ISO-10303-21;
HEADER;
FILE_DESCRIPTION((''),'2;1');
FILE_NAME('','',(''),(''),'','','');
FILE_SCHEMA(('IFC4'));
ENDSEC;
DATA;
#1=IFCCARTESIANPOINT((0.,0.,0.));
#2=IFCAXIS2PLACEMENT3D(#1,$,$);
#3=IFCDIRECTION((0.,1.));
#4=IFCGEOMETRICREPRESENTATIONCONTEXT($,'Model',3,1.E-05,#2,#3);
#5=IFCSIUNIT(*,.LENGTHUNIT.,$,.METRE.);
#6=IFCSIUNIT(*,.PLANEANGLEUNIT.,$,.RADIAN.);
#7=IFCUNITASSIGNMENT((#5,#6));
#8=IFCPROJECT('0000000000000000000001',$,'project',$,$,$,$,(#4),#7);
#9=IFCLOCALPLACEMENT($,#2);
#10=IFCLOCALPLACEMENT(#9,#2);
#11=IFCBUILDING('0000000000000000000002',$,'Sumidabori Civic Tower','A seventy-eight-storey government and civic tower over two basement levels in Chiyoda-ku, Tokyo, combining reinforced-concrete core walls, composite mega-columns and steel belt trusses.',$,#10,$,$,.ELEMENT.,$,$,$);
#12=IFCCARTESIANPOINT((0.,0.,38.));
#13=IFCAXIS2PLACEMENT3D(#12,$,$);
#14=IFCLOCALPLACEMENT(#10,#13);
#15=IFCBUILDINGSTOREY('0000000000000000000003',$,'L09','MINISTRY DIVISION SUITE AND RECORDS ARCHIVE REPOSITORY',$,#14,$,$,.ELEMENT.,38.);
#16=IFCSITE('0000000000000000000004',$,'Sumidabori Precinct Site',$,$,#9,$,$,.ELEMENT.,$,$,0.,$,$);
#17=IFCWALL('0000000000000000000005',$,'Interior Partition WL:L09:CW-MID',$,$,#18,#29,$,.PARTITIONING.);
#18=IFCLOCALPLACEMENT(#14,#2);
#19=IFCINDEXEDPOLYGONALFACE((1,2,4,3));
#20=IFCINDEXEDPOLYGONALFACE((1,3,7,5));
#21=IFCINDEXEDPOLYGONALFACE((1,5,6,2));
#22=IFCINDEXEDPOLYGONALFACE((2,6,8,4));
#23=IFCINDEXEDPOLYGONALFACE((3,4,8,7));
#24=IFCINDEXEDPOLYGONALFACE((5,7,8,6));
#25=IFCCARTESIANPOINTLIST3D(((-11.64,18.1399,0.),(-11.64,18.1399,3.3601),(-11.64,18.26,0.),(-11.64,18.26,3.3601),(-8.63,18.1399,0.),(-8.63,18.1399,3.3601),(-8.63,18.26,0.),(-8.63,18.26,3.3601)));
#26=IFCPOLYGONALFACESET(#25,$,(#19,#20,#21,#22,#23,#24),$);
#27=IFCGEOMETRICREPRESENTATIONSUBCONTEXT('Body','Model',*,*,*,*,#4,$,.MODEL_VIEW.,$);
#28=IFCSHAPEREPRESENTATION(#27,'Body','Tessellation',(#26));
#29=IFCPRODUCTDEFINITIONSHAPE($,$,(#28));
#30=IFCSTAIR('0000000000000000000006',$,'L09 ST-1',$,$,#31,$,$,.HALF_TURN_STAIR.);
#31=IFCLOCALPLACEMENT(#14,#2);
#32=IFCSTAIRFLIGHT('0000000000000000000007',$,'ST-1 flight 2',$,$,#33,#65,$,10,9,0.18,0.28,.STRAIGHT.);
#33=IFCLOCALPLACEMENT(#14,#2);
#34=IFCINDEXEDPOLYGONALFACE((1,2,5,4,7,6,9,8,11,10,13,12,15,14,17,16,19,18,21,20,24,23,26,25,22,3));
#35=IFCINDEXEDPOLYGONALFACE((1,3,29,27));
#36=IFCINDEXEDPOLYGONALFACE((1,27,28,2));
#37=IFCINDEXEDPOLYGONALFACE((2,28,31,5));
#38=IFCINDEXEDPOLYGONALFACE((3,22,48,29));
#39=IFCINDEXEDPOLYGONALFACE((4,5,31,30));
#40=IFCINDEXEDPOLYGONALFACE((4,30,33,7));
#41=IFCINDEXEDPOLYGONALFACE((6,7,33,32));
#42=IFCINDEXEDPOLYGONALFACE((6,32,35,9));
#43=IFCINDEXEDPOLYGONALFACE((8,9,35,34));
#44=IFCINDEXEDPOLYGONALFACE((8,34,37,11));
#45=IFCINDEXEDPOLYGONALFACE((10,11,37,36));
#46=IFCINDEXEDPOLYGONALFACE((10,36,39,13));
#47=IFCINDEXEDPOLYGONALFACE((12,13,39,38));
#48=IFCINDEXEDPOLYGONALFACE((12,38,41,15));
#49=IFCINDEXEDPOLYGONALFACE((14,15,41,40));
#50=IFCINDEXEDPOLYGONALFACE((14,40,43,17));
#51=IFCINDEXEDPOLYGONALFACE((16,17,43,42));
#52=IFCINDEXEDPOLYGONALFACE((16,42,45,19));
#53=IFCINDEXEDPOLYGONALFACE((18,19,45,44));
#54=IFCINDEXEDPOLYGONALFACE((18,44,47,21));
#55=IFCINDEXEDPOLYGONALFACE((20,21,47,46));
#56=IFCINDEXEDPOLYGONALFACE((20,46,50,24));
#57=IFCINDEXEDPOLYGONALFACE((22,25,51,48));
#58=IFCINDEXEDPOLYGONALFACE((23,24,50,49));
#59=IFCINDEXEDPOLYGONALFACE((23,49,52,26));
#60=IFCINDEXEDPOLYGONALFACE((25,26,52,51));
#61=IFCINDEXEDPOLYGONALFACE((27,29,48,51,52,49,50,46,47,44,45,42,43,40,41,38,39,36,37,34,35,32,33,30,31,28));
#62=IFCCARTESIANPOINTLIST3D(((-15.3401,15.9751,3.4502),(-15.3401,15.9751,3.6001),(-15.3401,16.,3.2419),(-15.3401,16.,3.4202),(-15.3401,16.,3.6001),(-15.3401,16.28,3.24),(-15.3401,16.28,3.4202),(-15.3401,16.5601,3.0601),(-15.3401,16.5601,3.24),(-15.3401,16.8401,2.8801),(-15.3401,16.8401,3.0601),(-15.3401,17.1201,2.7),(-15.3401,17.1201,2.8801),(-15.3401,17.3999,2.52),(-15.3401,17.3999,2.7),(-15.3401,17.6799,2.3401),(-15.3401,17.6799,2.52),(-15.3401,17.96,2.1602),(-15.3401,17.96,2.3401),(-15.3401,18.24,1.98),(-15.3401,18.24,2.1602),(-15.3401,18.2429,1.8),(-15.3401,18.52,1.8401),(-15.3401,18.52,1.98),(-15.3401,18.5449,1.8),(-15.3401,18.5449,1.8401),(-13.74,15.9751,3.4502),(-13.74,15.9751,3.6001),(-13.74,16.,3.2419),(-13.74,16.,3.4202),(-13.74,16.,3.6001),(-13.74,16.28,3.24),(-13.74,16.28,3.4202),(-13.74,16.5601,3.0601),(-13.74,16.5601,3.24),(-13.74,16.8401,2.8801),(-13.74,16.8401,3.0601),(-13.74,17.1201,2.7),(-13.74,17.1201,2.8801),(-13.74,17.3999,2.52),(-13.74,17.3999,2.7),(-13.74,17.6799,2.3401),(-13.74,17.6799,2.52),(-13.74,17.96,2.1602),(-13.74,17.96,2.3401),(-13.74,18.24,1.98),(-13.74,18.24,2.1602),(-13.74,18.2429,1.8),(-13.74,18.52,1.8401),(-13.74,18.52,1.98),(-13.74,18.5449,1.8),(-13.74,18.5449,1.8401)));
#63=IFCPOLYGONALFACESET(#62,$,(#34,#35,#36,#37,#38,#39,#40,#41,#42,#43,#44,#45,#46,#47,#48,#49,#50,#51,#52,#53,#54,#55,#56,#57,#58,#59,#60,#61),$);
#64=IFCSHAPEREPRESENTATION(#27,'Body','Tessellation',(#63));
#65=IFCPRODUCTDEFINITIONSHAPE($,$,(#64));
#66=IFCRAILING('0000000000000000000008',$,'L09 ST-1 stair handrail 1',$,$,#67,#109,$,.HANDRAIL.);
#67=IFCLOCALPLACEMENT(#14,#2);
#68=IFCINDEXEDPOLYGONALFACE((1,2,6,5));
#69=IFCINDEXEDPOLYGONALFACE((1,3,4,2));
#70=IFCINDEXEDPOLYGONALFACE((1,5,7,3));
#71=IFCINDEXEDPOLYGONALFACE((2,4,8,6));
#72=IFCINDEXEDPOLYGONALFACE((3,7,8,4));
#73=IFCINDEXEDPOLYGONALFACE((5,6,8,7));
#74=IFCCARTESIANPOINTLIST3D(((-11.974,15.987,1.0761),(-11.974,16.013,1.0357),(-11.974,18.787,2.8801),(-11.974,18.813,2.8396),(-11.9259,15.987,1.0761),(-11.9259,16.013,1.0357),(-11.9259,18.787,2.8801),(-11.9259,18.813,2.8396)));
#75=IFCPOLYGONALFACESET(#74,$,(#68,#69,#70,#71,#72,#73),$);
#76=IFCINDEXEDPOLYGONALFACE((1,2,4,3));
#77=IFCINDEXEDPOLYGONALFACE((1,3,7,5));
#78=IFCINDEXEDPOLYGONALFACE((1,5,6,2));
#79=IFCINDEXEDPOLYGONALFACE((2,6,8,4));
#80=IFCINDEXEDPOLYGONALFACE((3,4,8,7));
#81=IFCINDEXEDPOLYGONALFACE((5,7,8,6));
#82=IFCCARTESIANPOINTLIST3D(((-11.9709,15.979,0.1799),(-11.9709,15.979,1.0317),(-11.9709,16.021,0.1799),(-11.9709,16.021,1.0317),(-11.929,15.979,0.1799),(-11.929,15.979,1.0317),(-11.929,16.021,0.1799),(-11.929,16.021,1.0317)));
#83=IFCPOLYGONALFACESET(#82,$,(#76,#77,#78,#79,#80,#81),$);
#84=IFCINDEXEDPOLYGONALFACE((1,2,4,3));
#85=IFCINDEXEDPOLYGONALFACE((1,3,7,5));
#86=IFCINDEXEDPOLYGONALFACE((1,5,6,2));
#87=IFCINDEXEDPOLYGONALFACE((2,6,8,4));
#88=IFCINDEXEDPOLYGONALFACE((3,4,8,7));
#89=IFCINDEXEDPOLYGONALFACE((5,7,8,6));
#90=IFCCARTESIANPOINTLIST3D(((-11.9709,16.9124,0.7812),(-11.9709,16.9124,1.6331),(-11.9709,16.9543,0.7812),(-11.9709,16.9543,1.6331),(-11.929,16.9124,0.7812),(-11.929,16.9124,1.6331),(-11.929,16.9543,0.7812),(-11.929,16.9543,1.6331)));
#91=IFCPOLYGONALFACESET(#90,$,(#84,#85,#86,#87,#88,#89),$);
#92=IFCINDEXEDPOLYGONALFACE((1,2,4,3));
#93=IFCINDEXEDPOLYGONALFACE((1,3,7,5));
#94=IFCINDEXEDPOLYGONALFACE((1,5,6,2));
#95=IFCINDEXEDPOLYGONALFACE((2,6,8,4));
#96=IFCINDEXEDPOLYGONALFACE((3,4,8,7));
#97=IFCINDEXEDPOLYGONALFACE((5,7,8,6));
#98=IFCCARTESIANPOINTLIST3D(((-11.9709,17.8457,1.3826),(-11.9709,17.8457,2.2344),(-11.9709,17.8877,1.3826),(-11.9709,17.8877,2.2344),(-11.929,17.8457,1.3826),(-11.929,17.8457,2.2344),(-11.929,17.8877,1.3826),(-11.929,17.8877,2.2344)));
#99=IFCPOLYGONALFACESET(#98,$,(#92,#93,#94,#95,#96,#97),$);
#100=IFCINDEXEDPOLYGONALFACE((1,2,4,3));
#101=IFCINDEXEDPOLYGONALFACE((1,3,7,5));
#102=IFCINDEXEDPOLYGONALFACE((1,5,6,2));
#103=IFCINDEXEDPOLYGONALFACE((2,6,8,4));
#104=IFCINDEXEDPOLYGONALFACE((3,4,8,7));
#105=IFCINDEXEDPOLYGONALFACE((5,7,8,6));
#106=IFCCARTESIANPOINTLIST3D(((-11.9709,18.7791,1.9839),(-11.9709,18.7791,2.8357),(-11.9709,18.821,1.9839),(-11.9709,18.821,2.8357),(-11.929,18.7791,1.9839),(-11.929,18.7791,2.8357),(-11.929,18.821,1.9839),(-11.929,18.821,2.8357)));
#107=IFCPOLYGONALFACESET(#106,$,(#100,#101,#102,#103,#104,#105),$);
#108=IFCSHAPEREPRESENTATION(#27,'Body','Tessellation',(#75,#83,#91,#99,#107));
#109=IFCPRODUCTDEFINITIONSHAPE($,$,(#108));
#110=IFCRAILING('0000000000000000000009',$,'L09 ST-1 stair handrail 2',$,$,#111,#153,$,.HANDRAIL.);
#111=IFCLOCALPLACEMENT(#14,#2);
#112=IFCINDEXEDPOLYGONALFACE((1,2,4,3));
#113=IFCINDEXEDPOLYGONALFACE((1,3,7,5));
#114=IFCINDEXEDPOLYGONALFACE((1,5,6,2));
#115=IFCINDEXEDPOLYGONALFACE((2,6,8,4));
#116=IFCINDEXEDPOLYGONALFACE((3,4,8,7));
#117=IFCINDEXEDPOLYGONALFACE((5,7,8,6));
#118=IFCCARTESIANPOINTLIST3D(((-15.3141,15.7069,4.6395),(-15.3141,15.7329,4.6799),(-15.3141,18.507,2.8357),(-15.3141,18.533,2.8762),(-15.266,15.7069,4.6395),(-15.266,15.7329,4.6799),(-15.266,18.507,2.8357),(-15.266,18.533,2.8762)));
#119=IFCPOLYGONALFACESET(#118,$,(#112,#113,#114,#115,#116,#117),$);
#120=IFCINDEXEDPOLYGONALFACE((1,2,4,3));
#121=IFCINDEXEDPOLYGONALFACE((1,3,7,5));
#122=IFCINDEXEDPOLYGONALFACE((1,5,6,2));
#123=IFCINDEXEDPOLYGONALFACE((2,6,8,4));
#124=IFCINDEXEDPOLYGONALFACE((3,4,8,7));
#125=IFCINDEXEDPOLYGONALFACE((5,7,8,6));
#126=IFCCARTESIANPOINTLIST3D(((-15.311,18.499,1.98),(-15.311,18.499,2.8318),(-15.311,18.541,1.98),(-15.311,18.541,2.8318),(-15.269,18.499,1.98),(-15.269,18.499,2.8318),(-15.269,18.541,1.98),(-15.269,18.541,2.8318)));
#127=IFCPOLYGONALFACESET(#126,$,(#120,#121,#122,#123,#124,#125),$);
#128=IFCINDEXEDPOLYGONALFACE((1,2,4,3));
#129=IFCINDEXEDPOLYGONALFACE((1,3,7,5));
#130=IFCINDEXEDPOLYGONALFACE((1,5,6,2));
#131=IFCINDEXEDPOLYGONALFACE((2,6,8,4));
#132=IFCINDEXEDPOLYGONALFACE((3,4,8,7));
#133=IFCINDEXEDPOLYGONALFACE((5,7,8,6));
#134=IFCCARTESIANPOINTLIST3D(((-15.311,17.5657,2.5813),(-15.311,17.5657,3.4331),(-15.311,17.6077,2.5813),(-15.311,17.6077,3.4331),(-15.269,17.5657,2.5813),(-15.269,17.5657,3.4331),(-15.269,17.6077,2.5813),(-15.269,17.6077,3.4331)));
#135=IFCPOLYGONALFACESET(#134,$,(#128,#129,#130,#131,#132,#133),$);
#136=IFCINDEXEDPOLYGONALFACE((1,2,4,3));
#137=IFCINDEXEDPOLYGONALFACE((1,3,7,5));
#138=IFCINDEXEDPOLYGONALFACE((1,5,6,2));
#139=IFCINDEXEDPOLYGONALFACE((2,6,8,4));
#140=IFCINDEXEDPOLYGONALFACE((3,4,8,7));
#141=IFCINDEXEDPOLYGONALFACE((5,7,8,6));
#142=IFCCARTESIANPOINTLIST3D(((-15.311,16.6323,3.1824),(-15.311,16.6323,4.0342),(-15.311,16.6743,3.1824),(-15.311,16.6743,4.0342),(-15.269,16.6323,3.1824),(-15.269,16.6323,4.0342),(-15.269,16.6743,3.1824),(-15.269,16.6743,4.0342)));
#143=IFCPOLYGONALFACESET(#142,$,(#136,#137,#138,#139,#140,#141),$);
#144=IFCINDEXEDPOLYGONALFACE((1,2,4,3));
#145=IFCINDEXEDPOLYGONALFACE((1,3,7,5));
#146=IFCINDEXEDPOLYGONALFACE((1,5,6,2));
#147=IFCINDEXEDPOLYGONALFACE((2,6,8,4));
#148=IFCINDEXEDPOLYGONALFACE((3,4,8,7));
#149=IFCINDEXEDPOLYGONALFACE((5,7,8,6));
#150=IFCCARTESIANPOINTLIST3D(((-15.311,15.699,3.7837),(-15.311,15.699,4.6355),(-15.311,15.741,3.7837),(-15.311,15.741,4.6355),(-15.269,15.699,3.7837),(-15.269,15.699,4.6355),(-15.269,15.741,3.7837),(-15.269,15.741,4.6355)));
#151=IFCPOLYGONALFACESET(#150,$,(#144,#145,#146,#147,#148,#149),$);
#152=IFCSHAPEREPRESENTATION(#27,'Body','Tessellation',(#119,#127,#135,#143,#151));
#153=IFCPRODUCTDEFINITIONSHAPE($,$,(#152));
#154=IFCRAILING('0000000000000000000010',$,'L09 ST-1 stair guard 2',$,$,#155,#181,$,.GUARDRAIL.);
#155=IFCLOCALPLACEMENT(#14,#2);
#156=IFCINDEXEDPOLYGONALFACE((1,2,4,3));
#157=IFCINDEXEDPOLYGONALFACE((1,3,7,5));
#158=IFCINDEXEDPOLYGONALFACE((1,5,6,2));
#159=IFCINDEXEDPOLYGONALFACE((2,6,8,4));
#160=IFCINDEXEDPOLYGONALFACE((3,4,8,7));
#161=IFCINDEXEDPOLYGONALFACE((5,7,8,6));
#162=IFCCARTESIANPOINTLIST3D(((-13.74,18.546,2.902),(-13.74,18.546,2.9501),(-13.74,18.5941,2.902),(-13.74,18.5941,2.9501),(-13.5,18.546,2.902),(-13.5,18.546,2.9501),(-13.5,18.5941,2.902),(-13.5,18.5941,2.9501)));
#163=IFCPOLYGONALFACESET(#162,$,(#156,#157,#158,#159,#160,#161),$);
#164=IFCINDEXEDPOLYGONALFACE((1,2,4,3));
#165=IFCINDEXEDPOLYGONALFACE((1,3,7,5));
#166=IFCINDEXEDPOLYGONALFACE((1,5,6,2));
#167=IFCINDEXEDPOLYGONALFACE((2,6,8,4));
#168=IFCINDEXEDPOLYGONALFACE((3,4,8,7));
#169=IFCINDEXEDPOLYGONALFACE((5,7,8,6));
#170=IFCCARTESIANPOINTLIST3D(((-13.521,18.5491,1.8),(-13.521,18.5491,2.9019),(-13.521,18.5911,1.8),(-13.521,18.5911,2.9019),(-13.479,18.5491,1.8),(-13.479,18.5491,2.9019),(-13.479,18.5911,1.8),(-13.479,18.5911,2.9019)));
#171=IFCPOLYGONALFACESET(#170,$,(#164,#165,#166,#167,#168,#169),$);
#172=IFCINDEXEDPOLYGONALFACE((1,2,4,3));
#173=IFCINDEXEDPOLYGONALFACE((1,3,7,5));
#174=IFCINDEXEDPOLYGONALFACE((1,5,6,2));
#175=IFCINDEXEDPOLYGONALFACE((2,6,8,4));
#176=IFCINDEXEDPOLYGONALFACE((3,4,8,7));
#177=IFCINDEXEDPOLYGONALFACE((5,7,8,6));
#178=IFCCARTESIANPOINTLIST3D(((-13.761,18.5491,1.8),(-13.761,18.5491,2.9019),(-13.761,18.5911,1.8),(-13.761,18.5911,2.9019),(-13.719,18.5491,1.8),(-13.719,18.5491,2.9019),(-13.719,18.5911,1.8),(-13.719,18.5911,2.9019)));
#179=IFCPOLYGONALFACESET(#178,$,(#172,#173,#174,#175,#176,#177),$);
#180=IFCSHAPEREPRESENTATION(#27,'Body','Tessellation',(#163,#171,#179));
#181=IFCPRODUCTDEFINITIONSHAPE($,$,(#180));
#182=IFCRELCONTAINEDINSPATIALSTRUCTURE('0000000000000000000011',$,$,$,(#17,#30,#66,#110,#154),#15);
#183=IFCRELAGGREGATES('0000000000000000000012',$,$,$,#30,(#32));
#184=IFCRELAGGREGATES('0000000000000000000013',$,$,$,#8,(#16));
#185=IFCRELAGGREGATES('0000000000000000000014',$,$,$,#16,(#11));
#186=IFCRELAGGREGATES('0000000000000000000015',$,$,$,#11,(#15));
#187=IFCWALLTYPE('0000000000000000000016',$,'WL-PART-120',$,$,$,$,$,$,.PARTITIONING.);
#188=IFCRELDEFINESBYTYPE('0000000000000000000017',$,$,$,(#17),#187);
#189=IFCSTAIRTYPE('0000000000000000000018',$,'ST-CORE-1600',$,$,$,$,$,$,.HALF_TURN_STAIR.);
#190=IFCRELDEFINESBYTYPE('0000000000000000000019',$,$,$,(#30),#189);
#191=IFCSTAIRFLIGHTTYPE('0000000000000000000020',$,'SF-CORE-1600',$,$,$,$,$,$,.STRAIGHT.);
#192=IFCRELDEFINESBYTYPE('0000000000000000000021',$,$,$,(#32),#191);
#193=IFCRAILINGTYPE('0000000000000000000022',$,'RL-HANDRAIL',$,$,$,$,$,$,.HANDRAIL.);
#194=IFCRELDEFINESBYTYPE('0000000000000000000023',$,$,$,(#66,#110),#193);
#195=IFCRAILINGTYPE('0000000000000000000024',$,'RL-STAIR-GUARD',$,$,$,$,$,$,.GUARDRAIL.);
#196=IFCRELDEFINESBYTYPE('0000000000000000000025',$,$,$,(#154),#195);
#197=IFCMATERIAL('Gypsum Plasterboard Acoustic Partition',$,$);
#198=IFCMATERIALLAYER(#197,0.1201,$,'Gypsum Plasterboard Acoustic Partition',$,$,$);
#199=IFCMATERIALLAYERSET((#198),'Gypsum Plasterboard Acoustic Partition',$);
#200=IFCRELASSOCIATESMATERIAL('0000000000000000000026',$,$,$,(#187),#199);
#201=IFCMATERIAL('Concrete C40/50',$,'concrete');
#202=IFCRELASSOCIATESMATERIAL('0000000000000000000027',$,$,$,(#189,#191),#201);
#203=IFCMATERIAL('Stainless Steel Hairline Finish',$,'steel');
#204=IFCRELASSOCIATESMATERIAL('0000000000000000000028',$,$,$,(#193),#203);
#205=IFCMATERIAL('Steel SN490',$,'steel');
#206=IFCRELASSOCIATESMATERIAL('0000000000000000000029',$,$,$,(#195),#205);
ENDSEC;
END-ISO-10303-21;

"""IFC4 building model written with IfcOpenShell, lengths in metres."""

from ifc_helpers import new_model, si_unit, direction, frame, frame_2d, origin, origin_2d, place, context, subcontext, project, spatial, polyline, rectangle, outline, extrude, source, transform, mapped, material, layer, layer_set, type_object, element, aggregate, save


model = new_model("IFC4")

# Units and contexts
model_context = context("Model", 3, precision=1e-05, world=origin(), true_north=direction((0.0, 1.0)))
body_context = subcontext(model_context, "Body", "Model", "MODEL_VIEW")
ifc_project = project(units=[si_unit("LENGTHUNIT", "METRE"), si_unit("PLANEANGLEUNIT", "RADIAN")], contexts=[model_context])

# Site, building, storey
site_placement = place(None, origin())
site = spatial("IfcSite", under=ifc_project, at=site_placement, Name="Sumidabori Precinct Site", CompositionType="ELEMENT", RefElevation=0.0)
building_placement = place(site_placement, origin())
building = spatial("IfcBuilding", under=site, at=building_placement, Name="Sumidabori Civic Tower", Description="A seventy-eight-storey government and civic tower over two basement levels in Chiyoda-ku, Tokyo, combining reinforced-concrete core walls, composite mega-columns and steel belt trusses.", CompositionType="ELEMENT")
storey_placement = place(building_placement, frame((0.0, 0.0, 38.0)))
storey = spatial("IfcBuildingStorey", under=building, at=storey_placement, Name="L09", Description="MINISTRY DIVISION SUITE AND RECORDS ARCHIVE REPOSITORY", CompositionType="ELEMENT", Elevation=38.0)

# Shared definitions
ifc_material_1 = material(Name="Gypsum Plasterboard Acoustic Partition")

# Wall
ifc_layer_1 = layer(ifc_material_1, 0.1201, Name="Gypsum Plasterboard Acoustic Partition")
ifc_layer_set_1 = layer_set([ifc_layer_1], Name="Gypsum Plasterboard Acoustic Partition")
wall_type_1 = type_object("IfcWallType", Name="WL-PART-120", PredefinedType="PARTITIONING", material=ifc_layer_set_1)
shared_shape_1 = source(origin(), body_context, "Body", "SweptSolid", [
    extrude(rectangle(XDim=3.01, YDim=0.1201, at=frame_2d((1.5049, 0.0))), origin(), (0.0, 0.0, 1.0), 3.3601),
])
wall_1_placement = place(storey_placement, frame((-11.6399, 18.2, 0.0), z_axis=(0.0, 0.0, 1.0), x_axis=(1.0, 0.0, 0.0)))
element("IfcWall", 1, at=wall_1_placement, inside=storey, type_object=wall_type_1, Name="Interior Partition WL:L09:CW-MID", PredefinedType="PARTITIONING", context=body_context, shape_type="MappedRepresentation", body=[
    mapped(shared_shape_1, transform((0.0, 0.0, 0.0), x_axis=(1.0, 0.0, 0.0), y_axis=(0.0, 1.0, 0.0), z_axis=(0.0, 0.0, 1.0), scale=1.0)),
])

# Stair, stair flight
ifc_material_2 = material(Name="Concrete C40/50", Category="concrete")
stair_type = type_object("IfcStairType", Name="ST-CORE-1600", PredefinedType="HALF_TURN_STAIR", material=ifc_material_2)
stair_placement = place(storey_placement, origin())
stair = element("IfcStair", 2, at=stair_placement, inside=storey, type_object=stair_type, Name="L09 ST-1", PredefinedType="HALF_TURN_STAIR")
stair_flight_type = type_object("IfcStairFlightType", Name="SF-CORE-1600", PredefinedType="STRAIGHT", material=ifc_material_2)
shared_shape_2 = source(origin(), body_context, "Body", "SweptSolid", [
    extrude(outline(polyline([(-0.0249, 0.0), (-0.0249, 0.04), (0.0, 0.04), (0.0, 0.1799), (0.28, 0.1799), (0.28, 0.3601), (0.5601, 0.3601), (0.5601, 0.54), (0.8401, 0.54), (0.8401, 0.72), (1.1201, 0.72), (1.1201, 0.8999), (1.3999, 0.8999), (1.3999, 1.0801), (1.6799, 1.0801), (1.6799, 1.26), (1.96, 1.26), (1.96, 1.4399), (2.24, 1.4399), (2.24, 1.6201), (2.52, 1.6201), (2.52, 1.8), (2.5449, 1.8), (2.5449, 1.6501), (2.52, 1.4419), (0.2771, 0.0), (-0.0249, 0.0)])), frame((0.0, 0.8, 0.0), z_axis=(0.0, -1.0, 0.0), x_axis=(1.0, 0.0, 0.0)), (0.0, 0.0, 1.0), 1.6001),
])
stair_flight_placement = place(storey_placement, frame((-14.54, 18.52, 1.8), z_axis=(0.0, 0.0, 1.0), x_axis=(0.0, -1.0, 0.0)))
stair_flight = element("IfcStairFlight", 3, at=stair_flight_placement, type_object=stair_flight_type, Name="ST-1 flight 2", NumberOfRisers=10, NumberOfTreads=9, PredefinedType="STRAIGHT", RiserHeight=0.18, TreadLength=0.28, context=body_context, shape_type="MappedRepresentation", body=[
    mapped(shared_shape_2, transform((0.0, 0.0, 0.0), x_axis=(1.0, 0.0, 0.0), y_axis=(0.0, 1.0, 0.0), z_axis=(0.0, 0.0, 1.0), scale=1.0)),
])
aggregate(stair, [stair_flight])

# Railings
ifc_material_3 = material(Name="Stainless Steel Hairline Finish", Category="steel")
railing_type_1 = type_object("IfcRailingType", Name="RL-HANDRAIL", PredefinedType="HANDRAIL", material=ifc_material_3)
railing_1_placement = place(storey_placement, frame((-11.95, 16.0, 0.1799)))
element("IfcRailing", 4, at=railing_1_placement, inside=storey, type_object=railing_type_1, Name="L09 ST-1 stair handrail 1", PredefinedType="HANDRAIL", context=body_context, shape_type="SweptSolid", body=[
    extrude(rectangle(XDim=0.0481, YDim=0.0481, at=origin_2d()), frame((0.0, 0.0, 0.876), z_axis=(0.0, 0.840642, 0.541591), x_axis=(-1.0, 0.0, 0.0)), (0.0, 0.0, 1.0), 3.3308),
    extrude(rectangle(XDim=0.042, YDim=0.042, at=origin_2d()), origin(), (0.0, 0.0, 1.0), 0.8518),
    extrude(rectangle(XDim=0.042, YDim=0.042, at=origin_2d()), frame((0.0, 0.9333, 0.6013)), (0.0, 0.0, 1.0), 0.8518),
    extrude(rectangle(XDim=0.042, YDim=0.042, at=origin_2d()), frame((0.0, 1.8667, 1.2026)), (0.0, 0.0, 1.0), 0.8518),
    extrude(rectangle(XDim=0.042, YDim=0.042, at=origin_2d()), frame((0.0, 2.8, 1.804)), (0.0, 0.0, 1.0), 0.8518),
])
railing_2_placement = place(storey_placement, frame((-15.29, 18.52, 1.98)))
element("IfcRailing", 5, at=railing_2_placement, inside=storey, type_object=railing_type_1, Name="L09 ST-1 stair handrail 2", PredefinedType="HANDRAIL", context=body_context, shape_type="SweptSolid", body=[
    extrude(rectangle(XDim=0.0481, YDim=0.0481, at=origin_2d()), frame((0.0, 0.0, 0.876), z_axis=(0.0, -0.840676, 0.541539), x_axis=(1.0, 0.0, 0.0)), (0.0, 0.0, 1.0), 3.3308),
    extrude(rectangle(XDim=0.042, YDim=0.042, at=origin_2d()), origin(), (0.0, 0.0, 1.0), 0.8518),
    extrude(rectangle(XDim=0.042, YDim=0.042, at=origin_2d()), frame((0.0, -0.9333, 0.6013)), (0.0, 0.0, 1.0), 0.8518),
    extrude(rectangle(XDim=0.042, YDim=0.042, at=origin_2d()), frame((0.0, -1.8667, 1.2024)), (0.0, 0.0, 1.0), 0.8518),
    extrude(rectangle(XDim=0.042, YDim=0.042, at=origin_2d()), frame((0.0, -2.8, 1.8037)), (0.0, 0.0, 1.0), 0.8518),
])
ifc_material_4 = material(Name="Steel SN490", Category="steel")
railing_type_2 = type_object("IfcRailingType", Name="RL-STAIR-GUARD", PredefinedType="GUARDRAIL", material=ifc_material_4)
railing_3_placement = place(storey_placement, frame((-13.5, 18.5701, 1.8)))
element("IfcRailing", 6, at=railing_3_placement, inside=storey, type_object=railing_type_2, Name="L09 ST-1 stair guard 2", PredefinedType="GUARDRAIL", context=body_context, shape_type="SweptSolid", body=[
    extrude(rectangle(XDim=0.0481, YDim=0.0481, at=origin_2d()), frame((0.0, 0.0, 1.126), z_axis=(-1.0, 0.0, 0.0), x_axis=(0.0, -1.0, 0.0)), (0.0, 0.0, 1.0), 0.24),
    extrude(rectangle(XDim=0.042, YDim=0.042, at=origin_2d()), origin(), (0.0, 0.0, 1.0), 1.1018),
    extrude(rectangle(XDim=0.042, YDim=0.042, at=origin_2d()), frame((-0.24, 0.0, 0.0)), (0.0, 0.0, 1.0), 1.1018),
])

save(model, "model.ifc")
